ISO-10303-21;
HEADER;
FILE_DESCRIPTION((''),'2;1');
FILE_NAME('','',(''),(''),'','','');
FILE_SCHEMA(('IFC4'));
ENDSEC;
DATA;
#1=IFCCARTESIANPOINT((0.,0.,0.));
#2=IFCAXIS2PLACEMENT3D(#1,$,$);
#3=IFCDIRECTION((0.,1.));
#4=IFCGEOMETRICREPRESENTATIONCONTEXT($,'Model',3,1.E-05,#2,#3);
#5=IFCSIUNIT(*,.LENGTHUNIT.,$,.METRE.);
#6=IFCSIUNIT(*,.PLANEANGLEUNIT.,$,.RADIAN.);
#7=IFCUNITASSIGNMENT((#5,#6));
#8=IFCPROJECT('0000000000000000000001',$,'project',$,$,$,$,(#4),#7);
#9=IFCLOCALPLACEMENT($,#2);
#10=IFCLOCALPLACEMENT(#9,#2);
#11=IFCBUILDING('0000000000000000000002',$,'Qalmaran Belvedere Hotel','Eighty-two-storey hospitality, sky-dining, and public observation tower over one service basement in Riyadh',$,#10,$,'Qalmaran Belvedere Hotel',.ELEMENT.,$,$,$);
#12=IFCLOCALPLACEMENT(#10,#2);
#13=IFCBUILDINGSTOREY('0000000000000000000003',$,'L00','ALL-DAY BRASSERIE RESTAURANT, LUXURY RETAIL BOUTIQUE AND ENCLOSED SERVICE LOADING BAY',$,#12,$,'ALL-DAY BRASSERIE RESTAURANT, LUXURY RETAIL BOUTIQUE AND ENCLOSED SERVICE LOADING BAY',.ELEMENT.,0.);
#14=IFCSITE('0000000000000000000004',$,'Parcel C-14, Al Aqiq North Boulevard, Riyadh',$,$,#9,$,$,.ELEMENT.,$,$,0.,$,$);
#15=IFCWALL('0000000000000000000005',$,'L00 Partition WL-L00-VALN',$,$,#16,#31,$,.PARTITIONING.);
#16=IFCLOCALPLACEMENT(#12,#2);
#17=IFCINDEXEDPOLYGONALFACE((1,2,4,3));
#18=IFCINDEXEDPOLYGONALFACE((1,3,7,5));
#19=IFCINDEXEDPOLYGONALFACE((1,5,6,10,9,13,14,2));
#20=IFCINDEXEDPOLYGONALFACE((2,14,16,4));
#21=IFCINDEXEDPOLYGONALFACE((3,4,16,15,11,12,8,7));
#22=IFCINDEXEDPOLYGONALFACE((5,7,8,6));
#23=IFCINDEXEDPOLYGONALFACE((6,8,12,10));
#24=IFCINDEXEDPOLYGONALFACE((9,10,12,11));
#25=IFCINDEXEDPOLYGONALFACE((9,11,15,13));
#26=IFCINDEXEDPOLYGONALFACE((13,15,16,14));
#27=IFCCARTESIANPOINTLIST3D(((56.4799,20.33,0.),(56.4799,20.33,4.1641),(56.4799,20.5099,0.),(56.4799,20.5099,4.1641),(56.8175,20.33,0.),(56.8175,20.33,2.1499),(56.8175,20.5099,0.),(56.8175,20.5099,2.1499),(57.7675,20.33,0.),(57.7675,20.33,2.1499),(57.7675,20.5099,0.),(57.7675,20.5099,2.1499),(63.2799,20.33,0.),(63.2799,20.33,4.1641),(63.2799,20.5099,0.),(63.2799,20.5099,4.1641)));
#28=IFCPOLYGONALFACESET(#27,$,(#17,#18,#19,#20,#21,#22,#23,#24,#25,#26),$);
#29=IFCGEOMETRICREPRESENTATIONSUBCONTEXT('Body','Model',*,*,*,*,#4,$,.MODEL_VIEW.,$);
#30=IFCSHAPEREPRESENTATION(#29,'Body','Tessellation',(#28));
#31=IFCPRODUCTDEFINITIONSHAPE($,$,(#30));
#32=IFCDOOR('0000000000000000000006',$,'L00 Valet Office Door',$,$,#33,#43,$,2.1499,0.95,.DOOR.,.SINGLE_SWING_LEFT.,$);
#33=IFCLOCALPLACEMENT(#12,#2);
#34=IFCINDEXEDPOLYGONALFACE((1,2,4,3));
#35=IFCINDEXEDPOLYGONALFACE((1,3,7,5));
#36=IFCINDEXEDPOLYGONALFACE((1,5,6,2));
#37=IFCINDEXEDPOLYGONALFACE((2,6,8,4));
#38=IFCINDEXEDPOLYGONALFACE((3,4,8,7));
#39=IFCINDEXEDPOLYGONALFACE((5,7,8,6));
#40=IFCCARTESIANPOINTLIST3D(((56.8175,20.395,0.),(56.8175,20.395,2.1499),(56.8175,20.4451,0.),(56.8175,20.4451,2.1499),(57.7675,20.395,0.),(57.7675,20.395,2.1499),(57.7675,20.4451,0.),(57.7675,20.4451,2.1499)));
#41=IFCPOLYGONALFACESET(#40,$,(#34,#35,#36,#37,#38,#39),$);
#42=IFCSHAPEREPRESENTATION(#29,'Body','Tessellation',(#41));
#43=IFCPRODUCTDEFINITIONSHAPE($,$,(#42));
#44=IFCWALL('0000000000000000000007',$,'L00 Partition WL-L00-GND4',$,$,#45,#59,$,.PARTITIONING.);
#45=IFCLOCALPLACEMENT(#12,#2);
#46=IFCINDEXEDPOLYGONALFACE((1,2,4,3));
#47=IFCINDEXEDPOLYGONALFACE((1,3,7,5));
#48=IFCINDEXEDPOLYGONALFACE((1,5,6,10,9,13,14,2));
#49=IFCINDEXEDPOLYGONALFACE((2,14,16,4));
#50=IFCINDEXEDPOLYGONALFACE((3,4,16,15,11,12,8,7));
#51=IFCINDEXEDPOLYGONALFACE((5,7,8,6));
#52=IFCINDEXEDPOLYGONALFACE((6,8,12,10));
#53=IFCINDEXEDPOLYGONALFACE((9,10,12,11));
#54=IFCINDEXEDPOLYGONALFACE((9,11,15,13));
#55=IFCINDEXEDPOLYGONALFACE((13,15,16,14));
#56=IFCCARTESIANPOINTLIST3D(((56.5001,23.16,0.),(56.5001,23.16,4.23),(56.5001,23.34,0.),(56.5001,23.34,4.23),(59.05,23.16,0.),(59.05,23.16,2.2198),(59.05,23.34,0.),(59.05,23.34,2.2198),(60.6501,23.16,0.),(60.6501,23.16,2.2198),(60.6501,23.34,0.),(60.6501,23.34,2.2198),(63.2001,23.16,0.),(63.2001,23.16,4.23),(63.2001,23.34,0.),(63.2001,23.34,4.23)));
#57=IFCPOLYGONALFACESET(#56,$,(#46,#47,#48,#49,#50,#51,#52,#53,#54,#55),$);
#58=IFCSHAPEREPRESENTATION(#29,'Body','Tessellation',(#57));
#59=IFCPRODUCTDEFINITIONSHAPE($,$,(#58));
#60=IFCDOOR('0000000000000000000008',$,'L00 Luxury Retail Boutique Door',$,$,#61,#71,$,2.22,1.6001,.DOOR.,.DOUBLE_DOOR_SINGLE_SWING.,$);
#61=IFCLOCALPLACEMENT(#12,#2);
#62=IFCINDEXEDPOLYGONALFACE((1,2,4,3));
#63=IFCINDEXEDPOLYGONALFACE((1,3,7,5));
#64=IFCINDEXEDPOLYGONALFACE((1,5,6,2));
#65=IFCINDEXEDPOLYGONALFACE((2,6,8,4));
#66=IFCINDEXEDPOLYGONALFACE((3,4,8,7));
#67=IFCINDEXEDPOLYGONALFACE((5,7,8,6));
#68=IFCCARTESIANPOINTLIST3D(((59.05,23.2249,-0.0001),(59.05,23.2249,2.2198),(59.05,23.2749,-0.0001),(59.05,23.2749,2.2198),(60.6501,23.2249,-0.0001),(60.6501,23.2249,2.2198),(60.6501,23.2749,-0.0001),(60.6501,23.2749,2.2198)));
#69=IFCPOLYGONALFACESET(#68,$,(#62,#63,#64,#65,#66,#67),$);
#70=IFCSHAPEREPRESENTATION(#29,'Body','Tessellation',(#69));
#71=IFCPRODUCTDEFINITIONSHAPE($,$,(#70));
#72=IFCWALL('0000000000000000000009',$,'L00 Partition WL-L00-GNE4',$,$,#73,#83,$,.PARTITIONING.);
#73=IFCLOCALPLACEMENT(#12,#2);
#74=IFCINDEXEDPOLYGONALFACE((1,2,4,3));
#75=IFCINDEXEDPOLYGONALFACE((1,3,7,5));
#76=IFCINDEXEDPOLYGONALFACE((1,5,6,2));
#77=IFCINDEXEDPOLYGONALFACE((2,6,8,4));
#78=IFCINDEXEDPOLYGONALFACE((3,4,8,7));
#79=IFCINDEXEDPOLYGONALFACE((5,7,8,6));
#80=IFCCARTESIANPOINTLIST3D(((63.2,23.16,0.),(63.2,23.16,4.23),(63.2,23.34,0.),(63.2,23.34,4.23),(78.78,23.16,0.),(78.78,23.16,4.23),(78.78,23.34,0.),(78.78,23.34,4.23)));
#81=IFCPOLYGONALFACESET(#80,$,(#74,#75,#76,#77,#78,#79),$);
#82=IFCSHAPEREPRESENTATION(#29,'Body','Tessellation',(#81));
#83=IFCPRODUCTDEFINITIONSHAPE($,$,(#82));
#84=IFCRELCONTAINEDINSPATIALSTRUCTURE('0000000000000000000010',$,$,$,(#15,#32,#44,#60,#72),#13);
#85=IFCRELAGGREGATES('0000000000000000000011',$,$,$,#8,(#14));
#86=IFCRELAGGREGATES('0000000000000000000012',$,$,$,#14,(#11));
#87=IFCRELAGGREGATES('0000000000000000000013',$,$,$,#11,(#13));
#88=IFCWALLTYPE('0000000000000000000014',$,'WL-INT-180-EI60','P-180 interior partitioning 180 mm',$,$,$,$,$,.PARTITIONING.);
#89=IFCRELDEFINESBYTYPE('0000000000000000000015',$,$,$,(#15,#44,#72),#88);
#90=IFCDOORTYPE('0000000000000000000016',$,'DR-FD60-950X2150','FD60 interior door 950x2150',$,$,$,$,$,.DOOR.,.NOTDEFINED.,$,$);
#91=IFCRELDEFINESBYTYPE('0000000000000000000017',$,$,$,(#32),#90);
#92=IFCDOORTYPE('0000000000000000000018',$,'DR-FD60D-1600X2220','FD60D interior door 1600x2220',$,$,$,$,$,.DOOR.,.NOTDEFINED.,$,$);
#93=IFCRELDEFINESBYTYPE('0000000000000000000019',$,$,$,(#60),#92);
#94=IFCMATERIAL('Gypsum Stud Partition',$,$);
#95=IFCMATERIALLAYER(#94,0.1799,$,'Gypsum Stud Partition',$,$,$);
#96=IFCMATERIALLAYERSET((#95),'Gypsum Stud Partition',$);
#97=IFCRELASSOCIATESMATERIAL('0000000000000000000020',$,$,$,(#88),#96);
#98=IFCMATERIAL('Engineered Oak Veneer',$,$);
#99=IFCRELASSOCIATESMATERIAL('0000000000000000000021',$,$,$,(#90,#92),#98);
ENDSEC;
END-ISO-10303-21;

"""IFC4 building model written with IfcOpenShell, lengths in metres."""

from ifc_helpers import new_model, si_unit, direction, frame, frame_2d, origin, place, context, subcontext, project, spatial, rectangle, extrude, material, layer, layer_set, type_object, element, fill, save


model = new_model("IFC4")

# Units and contexts
model_context = context("Model", 3, precision=1e-05, world=origin(), true_north=direction((0.0, 1.0)))
body_context = subcontext(model_context, "Body", "Model", "MODEL_VIEW")
ifc_project = project(units=[si_unit("LENGTHUNIT", "METRE"), si_unit("PLANEANGLEUNIT", "RADIAN")], contexts=[model_context])

# Site, building, storey
site_placement = place(None, origin())
site = spatial("IfcSite", under=ifc_project, at=site_placement, Name="Parcel C-14, Al Aqiq North Boulevard, Riyadh", CompositionType="ELEMENT", RefElevation=0.0)
building_placement = place(site_placement, origin())
building = spatial("IfcBuilding", under=site, at=building_placement, Name="Qalmaran Belvedere Hotel", Description="Eighty-two-storey hospitality, sky-dining, and public observation tower over one service basement in Riyadh", LongName="Qalmaran Belvedere Hotel", CompositionType="ELEMENT")
storey_placement = place(building_placement, origin())
storey = spatial("IfcBuildingStorey", under=building, at=storey_placement, Name="L00", Description="ALL-DAY BRASSERIE RESTAURANT, LUXURY RETAIL BOUTIQUE AND ENCLOSED SERVICE LOADING BAY", LongName="ALL-DAY BRASSERIE RESTAURANT, LUXURY RETAIL BOUTIQUE AND ENCLOSED SERVICE LOADING BAY", CompositionType="ELEMENT", Elevation=0.0)

# Shared definitions
ifc_material_1 = material(Name="Gypsum Stud Partition")

# Walls, openings, doors
ifc_layer_1 = layer(ifc_material_1, 0.1799, Name="Gypsum Stud Partition")
ifc_layer_set_1 = layer_set([ifc_layer_1], Name="Gypsum Stud Partition")
wall_type_1 = type_object("IfcWallType", Name="WL-INT-180-EI60", Description="P-180 interior partitioning 180 mm", PredefinedType="PARTITIONING", material=ifc_layer_set_1)
wall_1_placement = place(storey_placement, frame((56.48, 20.4199, 0.0), z_axis=(0.0, 0.0, 1.0), x_axis=(1.0, 0.0, 0.0)))
wall_1 = element("IfcWall", 1, at=wall_1_placement, inside=storey, type_object=wall_type_1, Name="L00 Partition WL-L00-VALN", PredefinedType="PARTITIONING", context=body_context, shape_type="SweptSolid", body=[
    extrude(rectangle(XDim=6.8, YDim=0.1799, at=frame_2d((3.3999, 0.0))), origin(), (0.0, 0.0, 1.0), 4.1641),
])
opening_1_placement = place(wall_1_placement, frame((1.2876, 0.0, 0.0), z_axis=(0.0, 0.0, 1.0), x_axis=(-1.0, 0.0, 0.0)))
opening_1 = element("IfcOpeningElement", 2, at=opening_1_placement, cuts=wall_1, PredefinedType="OPENING", context=body_context, shape_type="SweptSolid", body=[
    extrude(rectangle(XDim=0.95, YDim=2.1499, at=frame_2d((0.4751, 1.075))), frame((0.0, 0.1001, 0.0), z_axis=(0.0, -1.0, 0.0), x_axis=(1.0, 0.0, 0.0)), (0.0, 0.0, 1.0), 0.2),
])
ifc_material_2 = material(Name="Engineered Oak Veneer")
door_type_1 = type_object("IfcDoorType", Name="DR-FD60-950X2150", Description="FD60 interior door 950x2150", OperationType="NOTDEFINED", PredefinedType="DOOR", material=ifc_material_2)
door_1_placement = place(opening_1_placement, origin())
door_1 = element("IfcDoor", 3, at=door_1_placement, inside=storey, type_object=door_type_1, Name="L00 Valet Office Door", OperationType="SINGLE_SWING_LEFT", OverallHeight=2.1499, OverallWidth=0.95, PredefinedType="DOOR", context=body_context, shape_type="SweptSolid", body=[
    extrude(rectangle(XDim=0.95, YDim=2.1499, at=frame_2d((0.4751, 1.075))), frame((0.0, 0.0249, 0.0), z_axis=(0.0, -1.0, 0.0), x_axis=(1.0, 0.0, 0.0)), (0.0, 0.0, 1.0), 0.05),
])
fill(opening_1, door_1)
wall_2_placement = place(storey_placement, frame((56.5, 23.25, 0.0), z_axis=(0.0, 0.0, 1.0), x_axis=(1.0, 0.0, 0.0)))
wall_2 = element("IfcWall", 4, at=wall_2_placement, inside=storey, type_object=wall_type_1, Name="L00 Partition WL-L00-GND4", PredefinedType="PARTITIONING", context=body_context, shape_type="SweptSolid", body=[
    extrude(rectangle(XDim=6.7, YDim=0.1799, at=frame_2d((3.3501, 0.0))), origin(), (0.0, 0.0, 1.0), 4.23),
])
opening_2_placement = place(wall_2_placement, frame((2.55, 0.0, 0.0)))
opening_2 = element("IfcOpeningElement", 5, at=opening_2_placement, cuts=wall_2, PredefinedType="OPENING", context=body_context, shape_type="SweptSolid", body=[
    extrude(rectangle(XDim=1.6001, YDim=2.22, at=frame_2d((0.8, 1.1099))), frame((0.0, 0.1001, 0.0), z_axis=(0.0, -1.0, 0.0), x_axis=(1.0, 0.0, 0.0)), (0.0, 0.0, 1.0), 0.2),
])
door_type_2 = type_object("IfcDoorType", Name="DR-FD60D-1600X2220", Description="FD60D interior door 1600x2220", OperationType="NOTDEFINED", PredefinedType="DOOR", material=ifc_material_2)
door_2_placement = place(opening_2_placement, origin())
door_2 = element("IfcDoor", 6, at=door_2_placement, inside=storey, type_object=door_type_2, Name="L00 Luxury Retail Boutique Door", OperationType="DOUBLE_DOOR_SINGLE_SWING", OverallHeight=2.22, OverallWidth=1.6001, PredefinedType="DOOR", context=body_context, shape_type="SweptSolid", body=[
    extrude(rectangle(XDim=1.6001, YDim=2.22, at=frame_2d((0.8, 1.1099))), frame((0.0, 0.0249, 0.0), z_axis=(0.0, -1.0, 0.0), x_axis=(1.0, 0.0, 0.0)), (0.0, 0.0, 1.0), 0.05),
])
fill(opening_2, door_2)

# Wall
wall_3_placement = place(storey_placement, frame((63.2, 23.25, 0.0), z_axis=(0.0, 0.0, 1.0), x_axis=(1.0, 0.0, 0.0)))
element("IfcWall", 7, at=wall_3_placement, inside=storey, type_object=wall_type_1, Name="L00 Partition WL-L00-GNE4", PredefinedType="PARTITIONING", context=body_context, shape_type="SweptSolid", body=[
    extrude(rectangle(XDim=15.5801, YDim=0.1799, at=frame_2d((7.79, 0.0))), origin(), (0.0, 0.0, 1.0), 4.23),
])

save(model, "model.ifc")
